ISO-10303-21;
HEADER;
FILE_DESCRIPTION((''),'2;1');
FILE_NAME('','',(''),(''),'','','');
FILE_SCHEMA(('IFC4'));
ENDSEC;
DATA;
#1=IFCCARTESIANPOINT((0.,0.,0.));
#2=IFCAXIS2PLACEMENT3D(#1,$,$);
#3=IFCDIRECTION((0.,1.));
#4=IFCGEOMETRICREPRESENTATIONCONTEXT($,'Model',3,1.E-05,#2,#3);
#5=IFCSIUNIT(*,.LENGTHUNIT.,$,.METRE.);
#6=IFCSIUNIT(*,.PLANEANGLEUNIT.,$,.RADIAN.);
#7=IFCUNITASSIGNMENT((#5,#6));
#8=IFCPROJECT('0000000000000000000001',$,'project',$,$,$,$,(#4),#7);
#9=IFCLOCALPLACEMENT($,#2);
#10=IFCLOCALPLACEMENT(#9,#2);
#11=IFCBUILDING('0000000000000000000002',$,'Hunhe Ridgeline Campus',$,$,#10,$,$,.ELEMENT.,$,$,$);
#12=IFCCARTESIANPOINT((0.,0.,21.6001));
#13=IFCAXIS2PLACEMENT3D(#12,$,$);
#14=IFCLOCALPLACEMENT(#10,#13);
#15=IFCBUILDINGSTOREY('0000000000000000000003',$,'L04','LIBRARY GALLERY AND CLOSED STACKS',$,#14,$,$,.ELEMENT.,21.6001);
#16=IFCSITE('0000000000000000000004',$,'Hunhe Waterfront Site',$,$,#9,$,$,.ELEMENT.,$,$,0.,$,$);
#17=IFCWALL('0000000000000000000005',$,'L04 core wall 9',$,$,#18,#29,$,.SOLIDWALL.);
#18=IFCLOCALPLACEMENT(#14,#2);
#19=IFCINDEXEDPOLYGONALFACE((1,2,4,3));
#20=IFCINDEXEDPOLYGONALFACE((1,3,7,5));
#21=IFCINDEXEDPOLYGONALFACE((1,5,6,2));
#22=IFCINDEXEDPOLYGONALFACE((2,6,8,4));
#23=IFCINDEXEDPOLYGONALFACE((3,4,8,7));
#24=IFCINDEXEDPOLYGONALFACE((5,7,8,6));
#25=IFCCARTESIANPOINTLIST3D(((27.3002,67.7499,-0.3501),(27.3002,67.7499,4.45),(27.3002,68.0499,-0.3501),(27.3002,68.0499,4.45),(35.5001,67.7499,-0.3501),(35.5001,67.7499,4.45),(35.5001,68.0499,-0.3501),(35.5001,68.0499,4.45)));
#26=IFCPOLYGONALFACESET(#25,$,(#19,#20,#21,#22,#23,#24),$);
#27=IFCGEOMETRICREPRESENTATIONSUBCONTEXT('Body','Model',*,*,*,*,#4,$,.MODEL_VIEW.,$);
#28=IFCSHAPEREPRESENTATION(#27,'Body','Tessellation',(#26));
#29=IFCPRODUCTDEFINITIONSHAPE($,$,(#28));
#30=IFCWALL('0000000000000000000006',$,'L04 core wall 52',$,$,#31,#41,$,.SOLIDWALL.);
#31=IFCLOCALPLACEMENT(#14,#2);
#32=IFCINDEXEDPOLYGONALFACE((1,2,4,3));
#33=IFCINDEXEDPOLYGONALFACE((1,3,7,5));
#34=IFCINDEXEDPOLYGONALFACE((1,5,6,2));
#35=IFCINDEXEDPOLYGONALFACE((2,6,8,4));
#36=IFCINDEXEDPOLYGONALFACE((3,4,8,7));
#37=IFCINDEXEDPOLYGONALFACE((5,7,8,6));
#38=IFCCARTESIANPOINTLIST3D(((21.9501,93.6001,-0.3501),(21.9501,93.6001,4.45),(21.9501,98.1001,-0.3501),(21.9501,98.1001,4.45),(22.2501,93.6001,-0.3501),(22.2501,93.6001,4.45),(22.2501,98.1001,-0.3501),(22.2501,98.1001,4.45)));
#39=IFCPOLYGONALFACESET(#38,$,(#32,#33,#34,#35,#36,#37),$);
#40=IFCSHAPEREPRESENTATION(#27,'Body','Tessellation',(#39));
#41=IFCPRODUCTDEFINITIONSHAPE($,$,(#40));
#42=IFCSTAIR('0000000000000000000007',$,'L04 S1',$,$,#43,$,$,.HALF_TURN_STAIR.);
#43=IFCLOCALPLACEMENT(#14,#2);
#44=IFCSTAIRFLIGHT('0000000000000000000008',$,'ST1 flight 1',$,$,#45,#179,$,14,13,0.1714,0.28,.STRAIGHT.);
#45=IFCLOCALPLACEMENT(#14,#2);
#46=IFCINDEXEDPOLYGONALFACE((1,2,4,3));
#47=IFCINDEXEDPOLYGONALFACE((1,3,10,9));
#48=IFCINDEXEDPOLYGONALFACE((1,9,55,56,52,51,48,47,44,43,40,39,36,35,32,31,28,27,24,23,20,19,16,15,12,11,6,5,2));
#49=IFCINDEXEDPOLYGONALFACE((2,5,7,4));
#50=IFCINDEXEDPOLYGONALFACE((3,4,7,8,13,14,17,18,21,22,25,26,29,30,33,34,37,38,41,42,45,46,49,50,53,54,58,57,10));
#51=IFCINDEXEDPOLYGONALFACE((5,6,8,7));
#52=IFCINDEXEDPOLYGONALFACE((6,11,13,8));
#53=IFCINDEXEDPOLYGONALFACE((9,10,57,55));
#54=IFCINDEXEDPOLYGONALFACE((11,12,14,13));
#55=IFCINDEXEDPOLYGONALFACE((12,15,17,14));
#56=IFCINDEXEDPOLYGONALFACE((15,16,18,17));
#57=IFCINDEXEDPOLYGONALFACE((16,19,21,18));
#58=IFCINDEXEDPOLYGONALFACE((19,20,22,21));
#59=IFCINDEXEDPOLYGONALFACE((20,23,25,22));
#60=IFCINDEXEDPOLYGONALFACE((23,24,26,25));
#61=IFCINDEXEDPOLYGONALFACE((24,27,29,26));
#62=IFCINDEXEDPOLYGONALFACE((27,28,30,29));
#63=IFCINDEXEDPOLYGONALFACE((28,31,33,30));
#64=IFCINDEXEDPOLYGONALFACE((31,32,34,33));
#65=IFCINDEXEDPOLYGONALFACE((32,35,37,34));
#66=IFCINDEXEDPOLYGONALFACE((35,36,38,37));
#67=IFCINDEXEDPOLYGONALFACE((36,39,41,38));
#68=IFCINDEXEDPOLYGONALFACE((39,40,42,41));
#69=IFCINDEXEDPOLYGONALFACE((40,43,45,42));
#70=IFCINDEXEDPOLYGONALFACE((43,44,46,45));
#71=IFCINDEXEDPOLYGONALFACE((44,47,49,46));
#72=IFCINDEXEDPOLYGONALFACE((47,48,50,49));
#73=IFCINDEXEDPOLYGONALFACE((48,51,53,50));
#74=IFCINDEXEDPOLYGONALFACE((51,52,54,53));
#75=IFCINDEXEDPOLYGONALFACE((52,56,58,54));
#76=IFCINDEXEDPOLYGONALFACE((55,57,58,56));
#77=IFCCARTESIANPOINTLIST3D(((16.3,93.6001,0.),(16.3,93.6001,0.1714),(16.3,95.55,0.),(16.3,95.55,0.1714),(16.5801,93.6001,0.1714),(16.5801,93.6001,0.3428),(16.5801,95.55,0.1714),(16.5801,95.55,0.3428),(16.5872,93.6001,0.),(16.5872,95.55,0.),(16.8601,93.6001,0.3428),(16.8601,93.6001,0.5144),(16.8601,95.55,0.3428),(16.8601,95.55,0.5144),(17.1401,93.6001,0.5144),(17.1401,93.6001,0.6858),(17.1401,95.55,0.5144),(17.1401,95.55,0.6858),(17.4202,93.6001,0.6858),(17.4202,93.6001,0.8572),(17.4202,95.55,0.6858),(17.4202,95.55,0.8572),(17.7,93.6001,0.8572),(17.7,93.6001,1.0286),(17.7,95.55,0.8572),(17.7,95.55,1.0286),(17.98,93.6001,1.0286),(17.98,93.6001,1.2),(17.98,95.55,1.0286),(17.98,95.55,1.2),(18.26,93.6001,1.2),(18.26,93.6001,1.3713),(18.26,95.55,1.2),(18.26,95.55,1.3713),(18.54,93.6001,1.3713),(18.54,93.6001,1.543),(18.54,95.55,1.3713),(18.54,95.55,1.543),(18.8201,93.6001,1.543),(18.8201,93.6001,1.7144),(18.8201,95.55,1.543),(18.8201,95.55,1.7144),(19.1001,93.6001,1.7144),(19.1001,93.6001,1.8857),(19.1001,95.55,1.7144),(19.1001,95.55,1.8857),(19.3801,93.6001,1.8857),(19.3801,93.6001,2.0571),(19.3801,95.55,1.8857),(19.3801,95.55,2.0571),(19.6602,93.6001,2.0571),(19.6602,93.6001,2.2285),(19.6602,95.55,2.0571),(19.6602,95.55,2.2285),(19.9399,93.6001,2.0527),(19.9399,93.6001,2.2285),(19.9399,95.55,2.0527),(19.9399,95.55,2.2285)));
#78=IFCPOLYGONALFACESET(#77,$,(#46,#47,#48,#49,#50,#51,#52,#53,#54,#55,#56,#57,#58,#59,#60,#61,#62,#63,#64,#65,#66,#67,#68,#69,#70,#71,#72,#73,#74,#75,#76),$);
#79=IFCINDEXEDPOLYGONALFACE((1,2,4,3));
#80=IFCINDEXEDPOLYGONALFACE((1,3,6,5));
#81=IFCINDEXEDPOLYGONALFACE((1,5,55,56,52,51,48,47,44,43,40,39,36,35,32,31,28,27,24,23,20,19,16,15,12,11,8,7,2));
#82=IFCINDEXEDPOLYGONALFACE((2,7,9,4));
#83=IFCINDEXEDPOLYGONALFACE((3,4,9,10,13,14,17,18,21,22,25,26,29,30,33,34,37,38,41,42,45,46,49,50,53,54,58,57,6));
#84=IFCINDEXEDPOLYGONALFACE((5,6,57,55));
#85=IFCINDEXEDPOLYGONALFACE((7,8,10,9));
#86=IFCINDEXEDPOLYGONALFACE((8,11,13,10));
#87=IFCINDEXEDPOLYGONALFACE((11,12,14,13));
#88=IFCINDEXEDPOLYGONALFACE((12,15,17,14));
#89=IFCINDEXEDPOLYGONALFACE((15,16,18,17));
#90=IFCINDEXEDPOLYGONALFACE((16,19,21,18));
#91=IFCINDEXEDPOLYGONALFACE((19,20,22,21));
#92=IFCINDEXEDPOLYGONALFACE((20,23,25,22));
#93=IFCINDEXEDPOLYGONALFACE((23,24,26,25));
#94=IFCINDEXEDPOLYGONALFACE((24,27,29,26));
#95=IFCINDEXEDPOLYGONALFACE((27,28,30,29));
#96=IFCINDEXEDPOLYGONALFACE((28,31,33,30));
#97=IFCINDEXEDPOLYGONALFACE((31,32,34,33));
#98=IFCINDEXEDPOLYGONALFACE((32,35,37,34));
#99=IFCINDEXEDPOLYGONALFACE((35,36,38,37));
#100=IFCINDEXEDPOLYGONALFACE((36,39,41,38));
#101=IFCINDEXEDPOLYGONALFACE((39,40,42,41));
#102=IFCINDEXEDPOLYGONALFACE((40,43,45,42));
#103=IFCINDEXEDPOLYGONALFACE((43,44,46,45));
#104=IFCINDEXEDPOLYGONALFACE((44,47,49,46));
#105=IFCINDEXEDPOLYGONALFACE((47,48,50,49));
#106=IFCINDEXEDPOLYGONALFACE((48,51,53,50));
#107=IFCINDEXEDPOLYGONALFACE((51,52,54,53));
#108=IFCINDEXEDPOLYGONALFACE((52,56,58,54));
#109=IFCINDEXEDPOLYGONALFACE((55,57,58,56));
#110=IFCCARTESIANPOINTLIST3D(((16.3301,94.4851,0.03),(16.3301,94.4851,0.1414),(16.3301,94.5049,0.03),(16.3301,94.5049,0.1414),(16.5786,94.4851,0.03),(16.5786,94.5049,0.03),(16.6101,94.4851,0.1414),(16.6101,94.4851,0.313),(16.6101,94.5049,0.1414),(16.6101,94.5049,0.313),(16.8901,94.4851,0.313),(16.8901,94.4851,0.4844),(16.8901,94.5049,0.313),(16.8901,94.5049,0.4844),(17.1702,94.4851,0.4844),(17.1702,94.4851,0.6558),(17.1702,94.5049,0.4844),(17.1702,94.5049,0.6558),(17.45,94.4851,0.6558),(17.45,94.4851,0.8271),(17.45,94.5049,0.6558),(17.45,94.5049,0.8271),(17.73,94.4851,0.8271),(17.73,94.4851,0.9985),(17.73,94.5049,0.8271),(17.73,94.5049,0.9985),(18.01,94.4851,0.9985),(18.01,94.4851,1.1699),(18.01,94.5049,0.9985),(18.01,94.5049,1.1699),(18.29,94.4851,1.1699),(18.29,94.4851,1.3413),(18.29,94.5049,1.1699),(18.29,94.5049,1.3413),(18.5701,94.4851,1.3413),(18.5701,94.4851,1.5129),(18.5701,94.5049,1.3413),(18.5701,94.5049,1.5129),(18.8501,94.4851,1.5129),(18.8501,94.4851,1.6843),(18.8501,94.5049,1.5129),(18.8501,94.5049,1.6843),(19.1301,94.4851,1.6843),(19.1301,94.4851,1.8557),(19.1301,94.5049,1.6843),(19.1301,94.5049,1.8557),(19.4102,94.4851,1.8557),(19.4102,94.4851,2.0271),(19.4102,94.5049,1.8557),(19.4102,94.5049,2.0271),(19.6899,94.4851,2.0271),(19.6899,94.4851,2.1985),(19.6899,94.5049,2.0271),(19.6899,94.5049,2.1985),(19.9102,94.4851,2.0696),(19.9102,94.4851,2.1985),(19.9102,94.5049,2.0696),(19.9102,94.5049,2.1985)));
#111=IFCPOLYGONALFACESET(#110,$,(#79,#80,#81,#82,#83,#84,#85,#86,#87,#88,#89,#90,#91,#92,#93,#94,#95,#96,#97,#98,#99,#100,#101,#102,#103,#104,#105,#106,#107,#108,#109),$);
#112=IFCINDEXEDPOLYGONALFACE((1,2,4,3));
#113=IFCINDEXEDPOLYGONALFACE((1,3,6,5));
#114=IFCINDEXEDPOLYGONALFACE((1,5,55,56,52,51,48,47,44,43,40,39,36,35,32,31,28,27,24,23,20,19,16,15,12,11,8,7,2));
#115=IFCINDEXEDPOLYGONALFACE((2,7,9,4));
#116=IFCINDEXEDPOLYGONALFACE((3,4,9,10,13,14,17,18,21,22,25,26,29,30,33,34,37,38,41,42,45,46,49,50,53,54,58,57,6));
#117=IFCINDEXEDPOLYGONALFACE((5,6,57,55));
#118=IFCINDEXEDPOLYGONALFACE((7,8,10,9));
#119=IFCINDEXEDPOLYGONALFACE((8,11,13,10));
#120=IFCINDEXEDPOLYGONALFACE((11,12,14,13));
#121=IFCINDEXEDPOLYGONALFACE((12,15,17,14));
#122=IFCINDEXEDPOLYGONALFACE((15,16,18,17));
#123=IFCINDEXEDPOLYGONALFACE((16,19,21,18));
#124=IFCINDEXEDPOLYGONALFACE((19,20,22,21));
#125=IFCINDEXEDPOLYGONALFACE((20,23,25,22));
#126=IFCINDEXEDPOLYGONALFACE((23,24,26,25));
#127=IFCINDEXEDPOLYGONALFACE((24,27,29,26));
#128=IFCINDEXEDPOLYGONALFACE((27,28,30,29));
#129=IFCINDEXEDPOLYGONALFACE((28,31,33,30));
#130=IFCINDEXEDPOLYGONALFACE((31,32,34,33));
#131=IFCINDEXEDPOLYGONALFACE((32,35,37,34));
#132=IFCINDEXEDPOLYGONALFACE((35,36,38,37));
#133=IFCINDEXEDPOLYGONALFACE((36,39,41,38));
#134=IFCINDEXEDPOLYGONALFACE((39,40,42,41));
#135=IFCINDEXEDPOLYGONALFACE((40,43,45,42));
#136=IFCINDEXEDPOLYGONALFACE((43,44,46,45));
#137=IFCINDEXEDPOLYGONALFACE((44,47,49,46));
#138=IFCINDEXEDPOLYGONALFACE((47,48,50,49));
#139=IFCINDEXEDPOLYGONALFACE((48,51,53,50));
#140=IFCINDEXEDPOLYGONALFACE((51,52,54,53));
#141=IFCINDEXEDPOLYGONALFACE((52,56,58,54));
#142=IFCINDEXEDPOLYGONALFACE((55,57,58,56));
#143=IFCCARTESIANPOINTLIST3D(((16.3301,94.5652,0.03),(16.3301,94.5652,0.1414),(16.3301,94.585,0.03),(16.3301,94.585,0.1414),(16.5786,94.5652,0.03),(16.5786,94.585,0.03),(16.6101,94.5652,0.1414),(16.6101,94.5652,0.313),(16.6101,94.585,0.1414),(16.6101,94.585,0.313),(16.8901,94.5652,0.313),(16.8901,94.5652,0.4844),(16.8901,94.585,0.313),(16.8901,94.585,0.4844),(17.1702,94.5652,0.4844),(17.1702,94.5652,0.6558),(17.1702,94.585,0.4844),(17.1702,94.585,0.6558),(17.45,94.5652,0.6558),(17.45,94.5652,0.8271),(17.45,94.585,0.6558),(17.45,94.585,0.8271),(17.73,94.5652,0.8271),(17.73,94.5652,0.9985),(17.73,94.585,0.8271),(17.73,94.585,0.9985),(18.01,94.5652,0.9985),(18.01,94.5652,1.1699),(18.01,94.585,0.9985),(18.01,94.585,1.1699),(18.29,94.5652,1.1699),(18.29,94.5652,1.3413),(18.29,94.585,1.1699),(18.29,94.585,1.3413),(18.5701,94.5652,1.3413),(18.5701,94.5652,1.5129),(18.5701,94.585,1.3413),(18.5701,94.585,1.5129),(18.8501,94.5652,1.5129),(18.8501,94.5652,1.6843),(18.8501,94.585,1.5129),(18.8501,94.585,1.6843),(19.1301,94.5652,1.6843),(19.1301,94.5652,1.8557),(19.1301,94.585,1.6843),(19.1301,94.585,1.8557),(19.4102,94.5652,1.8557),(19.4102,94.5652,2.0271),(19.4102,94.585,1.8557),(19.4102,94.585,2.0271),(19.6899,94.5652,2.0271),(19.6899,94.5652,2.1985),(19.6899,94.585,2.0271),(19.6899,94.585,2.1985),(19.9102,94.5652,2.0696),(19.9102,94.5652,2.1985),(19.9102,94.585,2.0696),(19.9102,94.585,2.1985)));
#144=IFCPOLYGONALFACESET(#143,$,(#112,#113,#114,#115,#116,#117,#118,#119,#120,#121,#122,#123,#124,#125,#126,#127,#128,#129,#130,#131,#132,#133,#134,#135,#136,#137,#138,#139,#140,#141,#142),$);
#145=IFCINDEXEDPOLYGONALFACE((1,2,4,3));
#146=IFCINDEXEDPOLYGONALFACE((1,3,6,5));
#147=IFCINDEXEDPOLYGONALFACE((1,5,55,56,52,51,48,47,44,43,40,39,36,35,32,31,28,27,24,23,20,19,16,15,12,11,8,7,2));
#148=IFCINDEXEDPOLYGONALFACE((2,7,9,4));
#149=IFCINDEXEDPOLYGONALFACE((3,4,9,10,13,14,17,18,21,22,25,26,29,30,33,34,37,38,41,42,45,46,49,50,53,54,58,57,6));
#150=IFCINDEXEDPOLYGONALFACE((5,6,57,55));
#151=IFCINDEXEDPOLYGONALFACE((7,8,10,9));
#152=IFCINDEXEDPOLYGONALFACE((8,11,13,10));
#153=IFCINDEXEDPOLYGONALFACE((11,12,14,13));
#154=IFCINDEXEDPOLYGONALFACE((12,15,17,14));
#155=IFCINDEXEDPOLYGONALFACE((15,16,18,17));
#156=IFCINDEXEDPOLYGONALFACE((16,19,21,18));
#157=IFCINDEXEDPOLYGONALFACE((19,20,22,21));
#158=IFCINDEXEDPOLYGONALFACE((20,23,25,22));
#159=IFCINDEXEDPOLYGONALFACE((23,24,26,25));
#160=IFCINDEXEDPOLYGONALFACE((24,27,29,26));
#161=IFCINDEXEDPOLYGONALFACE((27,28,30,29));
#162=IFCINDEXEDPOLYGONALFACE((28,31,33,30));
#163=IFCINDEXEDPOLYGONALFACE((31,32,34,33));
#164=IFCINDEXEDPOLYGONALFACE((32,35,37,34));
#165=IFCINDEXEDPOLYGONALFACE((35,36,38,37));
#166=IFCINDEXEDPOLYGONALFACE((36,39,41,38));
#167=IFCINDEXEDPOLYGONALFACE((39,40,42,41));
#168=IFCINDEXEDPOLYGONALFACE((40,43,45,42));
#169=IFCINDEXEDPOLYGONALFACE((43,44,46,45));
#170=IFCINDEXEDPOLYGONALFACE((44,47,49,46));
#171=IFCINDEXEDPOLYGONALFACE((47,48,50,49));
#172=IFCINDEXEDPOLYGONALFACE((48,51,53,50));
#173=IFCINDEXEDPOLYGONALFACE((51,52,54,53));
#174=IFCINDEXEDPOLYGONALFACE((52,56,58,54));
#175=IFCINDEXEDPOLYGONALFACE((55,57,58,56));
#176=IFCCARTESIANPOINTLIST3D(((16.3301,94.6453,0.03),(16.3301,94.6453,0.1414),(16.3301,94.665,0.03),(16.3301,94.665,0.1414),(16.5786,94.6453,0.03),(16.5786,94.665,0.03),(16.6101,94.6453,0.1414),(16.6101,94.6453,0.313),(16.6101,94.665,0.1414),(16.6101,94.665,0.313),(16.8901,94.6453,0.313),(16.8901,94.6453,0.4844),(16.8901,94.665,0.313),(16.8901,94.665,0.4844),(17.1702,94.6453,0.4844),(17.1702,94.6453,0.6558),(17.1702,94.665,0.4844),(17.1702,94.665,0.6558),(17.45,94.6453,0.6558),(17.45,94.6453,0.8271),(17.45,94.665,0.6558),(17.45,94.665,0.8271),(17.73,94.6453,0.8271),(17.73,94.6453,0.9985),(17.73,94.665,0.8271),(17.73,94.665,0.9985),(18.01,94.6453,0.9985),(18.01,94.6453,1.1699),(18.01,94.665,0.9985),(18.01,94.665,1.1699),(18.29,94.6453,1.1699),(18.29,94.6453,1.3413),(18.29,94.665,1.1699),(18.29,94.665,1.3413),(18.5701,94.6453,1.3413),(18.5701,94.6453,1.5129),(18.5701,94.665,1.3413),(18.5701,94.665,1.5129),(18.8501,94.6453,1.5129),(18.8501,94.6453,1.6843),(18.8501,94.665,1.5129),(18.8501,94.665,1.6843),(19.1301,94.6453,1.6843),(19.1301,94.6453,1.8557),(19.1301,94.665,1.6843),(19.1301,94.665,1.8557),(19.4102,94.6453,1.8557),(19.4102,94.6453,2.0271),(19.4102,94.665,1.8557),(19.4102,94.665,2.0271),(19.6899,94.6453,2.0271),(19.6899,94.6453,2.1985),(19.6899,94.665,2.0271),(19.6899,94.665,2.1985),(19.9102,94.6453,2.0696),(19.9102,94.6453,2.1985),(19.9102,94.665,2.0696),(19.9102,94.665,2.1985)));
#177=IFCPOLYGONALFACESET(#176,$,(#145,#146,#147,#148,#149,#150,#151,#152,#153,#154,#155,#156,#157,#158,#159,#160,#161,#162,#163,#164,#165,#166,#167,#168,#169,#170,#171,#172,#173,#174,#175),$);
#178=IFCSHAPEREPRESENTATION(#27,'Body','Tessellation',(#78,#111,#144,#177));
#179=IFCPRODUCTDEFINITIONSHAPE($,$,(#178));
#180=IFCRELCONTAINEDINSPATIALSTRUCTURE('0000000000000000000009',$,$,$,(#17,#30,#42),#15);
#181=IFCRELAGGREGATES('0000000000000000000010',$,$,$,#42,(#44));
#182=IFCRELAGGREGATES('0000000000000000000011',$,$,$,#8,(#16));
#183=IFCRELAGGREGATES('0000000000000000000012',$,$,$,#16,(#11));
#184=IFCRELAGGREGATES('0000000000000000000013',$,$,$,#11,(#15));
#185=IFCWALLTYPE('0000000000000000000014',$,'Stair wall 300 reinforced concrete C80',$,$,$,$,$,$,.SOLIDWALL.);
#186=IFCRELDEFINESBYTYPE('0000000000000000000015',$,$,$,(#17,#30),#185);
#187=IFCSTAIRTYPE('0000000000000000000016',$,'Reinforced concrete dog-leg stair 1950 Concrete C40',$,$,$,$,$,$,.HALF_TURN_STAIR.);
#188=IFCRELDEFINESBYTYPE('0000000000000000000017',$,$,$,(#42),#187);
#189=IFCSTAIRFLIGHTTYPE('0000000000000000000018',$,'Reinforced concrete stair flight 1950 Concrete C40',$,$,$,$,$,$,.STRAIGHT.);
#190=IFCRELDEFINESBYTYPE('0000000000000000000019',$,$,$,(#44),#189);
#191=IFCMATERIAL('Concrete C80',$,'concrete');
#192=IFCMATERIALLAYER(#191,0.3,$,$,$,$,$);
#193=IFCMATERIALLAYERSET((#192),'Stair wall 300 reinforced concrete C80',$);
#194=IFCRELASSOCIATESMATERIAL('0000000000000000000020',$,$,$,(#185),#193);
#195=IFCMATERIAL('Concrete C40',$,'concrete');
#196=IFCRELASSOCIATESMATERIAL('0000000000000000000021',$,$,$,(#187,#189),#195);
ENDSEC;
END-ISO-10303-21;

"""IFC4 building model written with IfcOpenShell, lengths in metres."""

from ifc_helpers import new_model, si_unit, direction, frame, frame_2d, origin, place, context, subcontext, project, spatial, polyline, rectangle, outline, extrude, material, layer, layer_set, type_object, element, aggregate, save


model = new_model("IFC4")

# Units and contexts
model_context = context("Model", 3, precision=1e-05, world=origin(), true_north=direction((0.0, 1.0)))
body_context = subcontext(model_context, "Body", "Model", "MODEL_VIEW")
ifc_project = project(units=[si_unit("LENGTHUNIT", "METRE"), si_unit("PLANEANGLEUNIT", "RADIAN")], contexts=[model_context])

# Site, building, storey
site_placement = place(None, origin())
site = spatial("IfcSite", under=ifc_project, at=site_placement, Name="Hunhe Waterfront Site", CompositionType="ELEMENT", RefElevation=0.0)
building_placement = place(site_placement, origin())
building = spatial("IfcBuilding", under=site, at=building_placement, Name="Hunhe Ridgeline Campus", CompositionType="ELEMENT")
storey_placement = place(building_placement, frame((0.0, 0.0, 21.6001)))
storey = spatial("IfcBuildingStorey", under=building, at=storey_placement, Name="L04", Description="LIBRARY GALLERY AND CLOSED STACKS", CompositionType="ELEMENT", Elevation=21.6001)

# Wall
ifc_material_1 = material(Name="Concrete C80", Category="concrete")
ifc_layer_1 = layer(ifc_material_1, 0.3)
ifc_layer_set_1 = layer_set([ifc_layer_1], Name="Stair wall 300 reinforced concrete C80")
wall_type_1 = type_object("IfcWallType", Name="Stair wall 300 reinforced concrete C80", PredefinedType="SOLIDWALL", material=ifc_layer_set_1)
wall_1_placement = place(storey_placement, frame((27.3, 67.8999, -0.3501), z_axis=(0.0, 0.0, 1.0), x_axis=(1.0, 0.0, 0.0)))
element("IfcWall", 1, at=wall_1_placement, inside=storey, type_object=wall_type_1, Name="L04 core wall 9", PredefinedType="SOLIDWALL", context=body_context, shape_type="SweptSolid", body=[
    extrude(rectangle(XDim=8.2, YDim=0.3, at=frame_2d((4.1001, 0.0))), origin(), (0.0, 0.0, 1.0), 4.8),
])

# Wall
wall_2_placement = place(storey_placement, frame((22.1001, 93.6001, -0.3501), z_axis=(0.0, 0.0, 1.0), x_axis=(0.0, 1.0, 0.0)))
element("IfcWall", 2, at=wall_2_placement, inside=storey, type_object=wall_type_1, Name="L04 core wall 52", PredefinedType="SOLIDWALL", context=body_context, shape_type="SweptSolid", body=[
    extrude(rectangle(XDim=4.5, YDim=0.3, at=frame_2d((2.25, 0.0))), origin(), (0.0, 0.0, 1.0), 4.8),
])

# Stair, stair flight
ifc_material_2 = material(Name="Concrete C40", Category="concrete")
stair_type = type_object("IfcStairType", Name="Reinforced concrete dog-leg stair 1950 Concrete C40", PredefinedType="HALF_TURN_STAIR", material=ifc_material_2)
stair_placement = place(storey_placement, origin())
stair = element("IfcStair", 3, at=stair_placement, inside=storey, type_object=stair_type, Name="L04 S1", PredefinedType="HALF_TURN_STAIR")
stair_flight_type = type_object("IfcStairFlightType", Name="Reinforced concrete stair flight 1950 Concrete C40", PredefinedType="STRAIGHT", material=ifc_material_2)
stair_flight_1_placement = place(storey_placement, frame((16.3, 94.575, 0.0), z_axis=(0.0, 0.0, 1.0), x_axis=(1.0, 0.0, 0.0)))
stair_flight_1 = element("IfcStairFlight", 4, at=stair_flight_1_placement, type_object=stair_flight_type, Name="ST1 flight 1", NumberOfRisers=14, NumberOfTreads=13, PredefinedType="STRAIGHT", RiserHeight=0.1714, TreadLength=0.28, context=body_context, shape_type="SweptSolid", body=[
    extrude(outline(polyline([(0.0, 0.0), (0.0, 0.1714), (0.28, 0.1714), (0.28, 0.3428), (0.5601, 0.3428), (0.5601, 0.5144), (0.8401, 0.5144), (0.8401, 0.6858), (1.1201, 0.6858), (1.1201, 0.8572), (1.3999, 0.8572), (1.3999, 1.0286), (1.6799, 1.0286), (1.6799, 1.2), (1.96, 1.2), (1.96, 1.3713), (2.24, 1.3713), (2.24, 1.543), (2.52, 1.543), (2.52, 1.7144), (2.8, 1.7144), (2.8, 1.8857), (3.0801, 1.8857), (3.0801, 2.0571), (3.3601, 2.0571), (3.3601, 2.2285), (3.6399, 2.2285), (3.6399, 2.3999), (3.6399, 2.0527), (0.2871, 0.0), (0.0, 0.0)])), frame((0.0, 0.9751, 0.0), z_axis=(0.0, -1.0, 0.0), x_axis=(1.0, 0.0, 0.0)), (0.0, 0.0, 1.0), 1.95),
    extrude(outline(polyline([(0.03, 0.03), (0.03, 0.1414), (0.3101, 0.1414), (0.3101, 0.313), (0.5901, 0.313), (0.5901, 0.4844), (0.8701, 0.4844), (0.8701, 0.6558), (1.1499, 0.6558), (1.1499, 0.8271), (1.4299, 0.8271), (1.4299, 0.9985), (1.71, 0.9985), (1.71, 1.1699), (1.99, 1.1699), (1.99, 1.3413), (2.27, 1.3413), (2.27, 1.5129), (2.55, 1.5129), (2.55, 1.6843), (2.8301, 1.6843), (2.8301, 1.8557), (3.1101, 1.8557), (3.1101, 2.0271), (3.3899, 2.0271), (3.3899, 2.1985), (3.6101, 2.1985), (3.6101, 2.0696), (0.2786, 0.03), (0.03, 0.03)])), frame((0.0, -0.0701, 0.0), z_axis=(0.0, -1.0, 0.0), x_axis=(1.0, 0.0, 0.0)), (0.0, 0.0, 1.0), 0.0198),
    extrude(outline(polyline([(0.03, 0.03), (0.03, 0.1414), (0.3101, 0.1414), (0.3101, 0.313), (0.5901, 0.313), (0.5901, 0.4844), (0.8701, 0.4844), (0.8701, 0.6558), (1.1499, 0.6558), (1.1499, 0.8271), (1.4299, 0.8271), (1.4299, 0.9985), (1.71, 0.9985), (1.71, 1.1699), (1.99, 1.1699), (1.99, 1.3413), (2.27, 1.3413), (2.27, 1.5129), (2.55, 1.5129), (2.55, 1.6843), (2.8301, 1.6843), (2.8301, 1.8557), (3.1101, 1.8557), (3.1101, 2.0271), (3.3899, 2.0271), (3.3899, 2.1985), (3.6101, 2.1985), (3.6101, 2.0696), (0.2786, 0.03), (0.03, 0.03)])), frame((0.0, 0.01, 0.0), z_axis=(0.0, -1.0, 0.0), x_axis=(1.0, 0.0, 0.0)), (0.0, 0.0, 1.0), 0.0198),
    extrude(outline(polyline([(0.03, 0.03), (0.03, 0.1414), (0.3101, 0.1414), (0.3101, 0.313), (0.5901, 0.313), (0.5901, 0.4844), (0.8701, 0.4844), (0.8701, 0.6558), (1.1499, 0.6558), (1.1499, 0.8271), (1.4299, 0.8271), (1.4299, 0.9985), (1.71, 0.9985), (1.71, 1.1699), (1.99, 1.1699), (1.99, 1.3413), (2.27, 1.3413), (2.27, 1.5129), (2.55, 1.5129), (2.55, 1.6843), (2.8301, 1.6843), (2.8301, 1.8557), (3.1101, 1.8557), (3.1101, 2.0271), (3.3899, 2.0271), (3.3899, 2.1985), (3.6101, 2.1985), (3.6101, 2.0696), (0.2786, 0.03), (0.03, 0.03)])), frame((0.0, 0.0901, 0.0), z_axis=(0.0, -1.0, 0.0), x_axis=(1.0, 0.0, 0.0)), (0.0, 0.0, 1.0), 0.0198),
])
aggregate(stair, [stair_flight_1])

save(model, "model.ifc")
